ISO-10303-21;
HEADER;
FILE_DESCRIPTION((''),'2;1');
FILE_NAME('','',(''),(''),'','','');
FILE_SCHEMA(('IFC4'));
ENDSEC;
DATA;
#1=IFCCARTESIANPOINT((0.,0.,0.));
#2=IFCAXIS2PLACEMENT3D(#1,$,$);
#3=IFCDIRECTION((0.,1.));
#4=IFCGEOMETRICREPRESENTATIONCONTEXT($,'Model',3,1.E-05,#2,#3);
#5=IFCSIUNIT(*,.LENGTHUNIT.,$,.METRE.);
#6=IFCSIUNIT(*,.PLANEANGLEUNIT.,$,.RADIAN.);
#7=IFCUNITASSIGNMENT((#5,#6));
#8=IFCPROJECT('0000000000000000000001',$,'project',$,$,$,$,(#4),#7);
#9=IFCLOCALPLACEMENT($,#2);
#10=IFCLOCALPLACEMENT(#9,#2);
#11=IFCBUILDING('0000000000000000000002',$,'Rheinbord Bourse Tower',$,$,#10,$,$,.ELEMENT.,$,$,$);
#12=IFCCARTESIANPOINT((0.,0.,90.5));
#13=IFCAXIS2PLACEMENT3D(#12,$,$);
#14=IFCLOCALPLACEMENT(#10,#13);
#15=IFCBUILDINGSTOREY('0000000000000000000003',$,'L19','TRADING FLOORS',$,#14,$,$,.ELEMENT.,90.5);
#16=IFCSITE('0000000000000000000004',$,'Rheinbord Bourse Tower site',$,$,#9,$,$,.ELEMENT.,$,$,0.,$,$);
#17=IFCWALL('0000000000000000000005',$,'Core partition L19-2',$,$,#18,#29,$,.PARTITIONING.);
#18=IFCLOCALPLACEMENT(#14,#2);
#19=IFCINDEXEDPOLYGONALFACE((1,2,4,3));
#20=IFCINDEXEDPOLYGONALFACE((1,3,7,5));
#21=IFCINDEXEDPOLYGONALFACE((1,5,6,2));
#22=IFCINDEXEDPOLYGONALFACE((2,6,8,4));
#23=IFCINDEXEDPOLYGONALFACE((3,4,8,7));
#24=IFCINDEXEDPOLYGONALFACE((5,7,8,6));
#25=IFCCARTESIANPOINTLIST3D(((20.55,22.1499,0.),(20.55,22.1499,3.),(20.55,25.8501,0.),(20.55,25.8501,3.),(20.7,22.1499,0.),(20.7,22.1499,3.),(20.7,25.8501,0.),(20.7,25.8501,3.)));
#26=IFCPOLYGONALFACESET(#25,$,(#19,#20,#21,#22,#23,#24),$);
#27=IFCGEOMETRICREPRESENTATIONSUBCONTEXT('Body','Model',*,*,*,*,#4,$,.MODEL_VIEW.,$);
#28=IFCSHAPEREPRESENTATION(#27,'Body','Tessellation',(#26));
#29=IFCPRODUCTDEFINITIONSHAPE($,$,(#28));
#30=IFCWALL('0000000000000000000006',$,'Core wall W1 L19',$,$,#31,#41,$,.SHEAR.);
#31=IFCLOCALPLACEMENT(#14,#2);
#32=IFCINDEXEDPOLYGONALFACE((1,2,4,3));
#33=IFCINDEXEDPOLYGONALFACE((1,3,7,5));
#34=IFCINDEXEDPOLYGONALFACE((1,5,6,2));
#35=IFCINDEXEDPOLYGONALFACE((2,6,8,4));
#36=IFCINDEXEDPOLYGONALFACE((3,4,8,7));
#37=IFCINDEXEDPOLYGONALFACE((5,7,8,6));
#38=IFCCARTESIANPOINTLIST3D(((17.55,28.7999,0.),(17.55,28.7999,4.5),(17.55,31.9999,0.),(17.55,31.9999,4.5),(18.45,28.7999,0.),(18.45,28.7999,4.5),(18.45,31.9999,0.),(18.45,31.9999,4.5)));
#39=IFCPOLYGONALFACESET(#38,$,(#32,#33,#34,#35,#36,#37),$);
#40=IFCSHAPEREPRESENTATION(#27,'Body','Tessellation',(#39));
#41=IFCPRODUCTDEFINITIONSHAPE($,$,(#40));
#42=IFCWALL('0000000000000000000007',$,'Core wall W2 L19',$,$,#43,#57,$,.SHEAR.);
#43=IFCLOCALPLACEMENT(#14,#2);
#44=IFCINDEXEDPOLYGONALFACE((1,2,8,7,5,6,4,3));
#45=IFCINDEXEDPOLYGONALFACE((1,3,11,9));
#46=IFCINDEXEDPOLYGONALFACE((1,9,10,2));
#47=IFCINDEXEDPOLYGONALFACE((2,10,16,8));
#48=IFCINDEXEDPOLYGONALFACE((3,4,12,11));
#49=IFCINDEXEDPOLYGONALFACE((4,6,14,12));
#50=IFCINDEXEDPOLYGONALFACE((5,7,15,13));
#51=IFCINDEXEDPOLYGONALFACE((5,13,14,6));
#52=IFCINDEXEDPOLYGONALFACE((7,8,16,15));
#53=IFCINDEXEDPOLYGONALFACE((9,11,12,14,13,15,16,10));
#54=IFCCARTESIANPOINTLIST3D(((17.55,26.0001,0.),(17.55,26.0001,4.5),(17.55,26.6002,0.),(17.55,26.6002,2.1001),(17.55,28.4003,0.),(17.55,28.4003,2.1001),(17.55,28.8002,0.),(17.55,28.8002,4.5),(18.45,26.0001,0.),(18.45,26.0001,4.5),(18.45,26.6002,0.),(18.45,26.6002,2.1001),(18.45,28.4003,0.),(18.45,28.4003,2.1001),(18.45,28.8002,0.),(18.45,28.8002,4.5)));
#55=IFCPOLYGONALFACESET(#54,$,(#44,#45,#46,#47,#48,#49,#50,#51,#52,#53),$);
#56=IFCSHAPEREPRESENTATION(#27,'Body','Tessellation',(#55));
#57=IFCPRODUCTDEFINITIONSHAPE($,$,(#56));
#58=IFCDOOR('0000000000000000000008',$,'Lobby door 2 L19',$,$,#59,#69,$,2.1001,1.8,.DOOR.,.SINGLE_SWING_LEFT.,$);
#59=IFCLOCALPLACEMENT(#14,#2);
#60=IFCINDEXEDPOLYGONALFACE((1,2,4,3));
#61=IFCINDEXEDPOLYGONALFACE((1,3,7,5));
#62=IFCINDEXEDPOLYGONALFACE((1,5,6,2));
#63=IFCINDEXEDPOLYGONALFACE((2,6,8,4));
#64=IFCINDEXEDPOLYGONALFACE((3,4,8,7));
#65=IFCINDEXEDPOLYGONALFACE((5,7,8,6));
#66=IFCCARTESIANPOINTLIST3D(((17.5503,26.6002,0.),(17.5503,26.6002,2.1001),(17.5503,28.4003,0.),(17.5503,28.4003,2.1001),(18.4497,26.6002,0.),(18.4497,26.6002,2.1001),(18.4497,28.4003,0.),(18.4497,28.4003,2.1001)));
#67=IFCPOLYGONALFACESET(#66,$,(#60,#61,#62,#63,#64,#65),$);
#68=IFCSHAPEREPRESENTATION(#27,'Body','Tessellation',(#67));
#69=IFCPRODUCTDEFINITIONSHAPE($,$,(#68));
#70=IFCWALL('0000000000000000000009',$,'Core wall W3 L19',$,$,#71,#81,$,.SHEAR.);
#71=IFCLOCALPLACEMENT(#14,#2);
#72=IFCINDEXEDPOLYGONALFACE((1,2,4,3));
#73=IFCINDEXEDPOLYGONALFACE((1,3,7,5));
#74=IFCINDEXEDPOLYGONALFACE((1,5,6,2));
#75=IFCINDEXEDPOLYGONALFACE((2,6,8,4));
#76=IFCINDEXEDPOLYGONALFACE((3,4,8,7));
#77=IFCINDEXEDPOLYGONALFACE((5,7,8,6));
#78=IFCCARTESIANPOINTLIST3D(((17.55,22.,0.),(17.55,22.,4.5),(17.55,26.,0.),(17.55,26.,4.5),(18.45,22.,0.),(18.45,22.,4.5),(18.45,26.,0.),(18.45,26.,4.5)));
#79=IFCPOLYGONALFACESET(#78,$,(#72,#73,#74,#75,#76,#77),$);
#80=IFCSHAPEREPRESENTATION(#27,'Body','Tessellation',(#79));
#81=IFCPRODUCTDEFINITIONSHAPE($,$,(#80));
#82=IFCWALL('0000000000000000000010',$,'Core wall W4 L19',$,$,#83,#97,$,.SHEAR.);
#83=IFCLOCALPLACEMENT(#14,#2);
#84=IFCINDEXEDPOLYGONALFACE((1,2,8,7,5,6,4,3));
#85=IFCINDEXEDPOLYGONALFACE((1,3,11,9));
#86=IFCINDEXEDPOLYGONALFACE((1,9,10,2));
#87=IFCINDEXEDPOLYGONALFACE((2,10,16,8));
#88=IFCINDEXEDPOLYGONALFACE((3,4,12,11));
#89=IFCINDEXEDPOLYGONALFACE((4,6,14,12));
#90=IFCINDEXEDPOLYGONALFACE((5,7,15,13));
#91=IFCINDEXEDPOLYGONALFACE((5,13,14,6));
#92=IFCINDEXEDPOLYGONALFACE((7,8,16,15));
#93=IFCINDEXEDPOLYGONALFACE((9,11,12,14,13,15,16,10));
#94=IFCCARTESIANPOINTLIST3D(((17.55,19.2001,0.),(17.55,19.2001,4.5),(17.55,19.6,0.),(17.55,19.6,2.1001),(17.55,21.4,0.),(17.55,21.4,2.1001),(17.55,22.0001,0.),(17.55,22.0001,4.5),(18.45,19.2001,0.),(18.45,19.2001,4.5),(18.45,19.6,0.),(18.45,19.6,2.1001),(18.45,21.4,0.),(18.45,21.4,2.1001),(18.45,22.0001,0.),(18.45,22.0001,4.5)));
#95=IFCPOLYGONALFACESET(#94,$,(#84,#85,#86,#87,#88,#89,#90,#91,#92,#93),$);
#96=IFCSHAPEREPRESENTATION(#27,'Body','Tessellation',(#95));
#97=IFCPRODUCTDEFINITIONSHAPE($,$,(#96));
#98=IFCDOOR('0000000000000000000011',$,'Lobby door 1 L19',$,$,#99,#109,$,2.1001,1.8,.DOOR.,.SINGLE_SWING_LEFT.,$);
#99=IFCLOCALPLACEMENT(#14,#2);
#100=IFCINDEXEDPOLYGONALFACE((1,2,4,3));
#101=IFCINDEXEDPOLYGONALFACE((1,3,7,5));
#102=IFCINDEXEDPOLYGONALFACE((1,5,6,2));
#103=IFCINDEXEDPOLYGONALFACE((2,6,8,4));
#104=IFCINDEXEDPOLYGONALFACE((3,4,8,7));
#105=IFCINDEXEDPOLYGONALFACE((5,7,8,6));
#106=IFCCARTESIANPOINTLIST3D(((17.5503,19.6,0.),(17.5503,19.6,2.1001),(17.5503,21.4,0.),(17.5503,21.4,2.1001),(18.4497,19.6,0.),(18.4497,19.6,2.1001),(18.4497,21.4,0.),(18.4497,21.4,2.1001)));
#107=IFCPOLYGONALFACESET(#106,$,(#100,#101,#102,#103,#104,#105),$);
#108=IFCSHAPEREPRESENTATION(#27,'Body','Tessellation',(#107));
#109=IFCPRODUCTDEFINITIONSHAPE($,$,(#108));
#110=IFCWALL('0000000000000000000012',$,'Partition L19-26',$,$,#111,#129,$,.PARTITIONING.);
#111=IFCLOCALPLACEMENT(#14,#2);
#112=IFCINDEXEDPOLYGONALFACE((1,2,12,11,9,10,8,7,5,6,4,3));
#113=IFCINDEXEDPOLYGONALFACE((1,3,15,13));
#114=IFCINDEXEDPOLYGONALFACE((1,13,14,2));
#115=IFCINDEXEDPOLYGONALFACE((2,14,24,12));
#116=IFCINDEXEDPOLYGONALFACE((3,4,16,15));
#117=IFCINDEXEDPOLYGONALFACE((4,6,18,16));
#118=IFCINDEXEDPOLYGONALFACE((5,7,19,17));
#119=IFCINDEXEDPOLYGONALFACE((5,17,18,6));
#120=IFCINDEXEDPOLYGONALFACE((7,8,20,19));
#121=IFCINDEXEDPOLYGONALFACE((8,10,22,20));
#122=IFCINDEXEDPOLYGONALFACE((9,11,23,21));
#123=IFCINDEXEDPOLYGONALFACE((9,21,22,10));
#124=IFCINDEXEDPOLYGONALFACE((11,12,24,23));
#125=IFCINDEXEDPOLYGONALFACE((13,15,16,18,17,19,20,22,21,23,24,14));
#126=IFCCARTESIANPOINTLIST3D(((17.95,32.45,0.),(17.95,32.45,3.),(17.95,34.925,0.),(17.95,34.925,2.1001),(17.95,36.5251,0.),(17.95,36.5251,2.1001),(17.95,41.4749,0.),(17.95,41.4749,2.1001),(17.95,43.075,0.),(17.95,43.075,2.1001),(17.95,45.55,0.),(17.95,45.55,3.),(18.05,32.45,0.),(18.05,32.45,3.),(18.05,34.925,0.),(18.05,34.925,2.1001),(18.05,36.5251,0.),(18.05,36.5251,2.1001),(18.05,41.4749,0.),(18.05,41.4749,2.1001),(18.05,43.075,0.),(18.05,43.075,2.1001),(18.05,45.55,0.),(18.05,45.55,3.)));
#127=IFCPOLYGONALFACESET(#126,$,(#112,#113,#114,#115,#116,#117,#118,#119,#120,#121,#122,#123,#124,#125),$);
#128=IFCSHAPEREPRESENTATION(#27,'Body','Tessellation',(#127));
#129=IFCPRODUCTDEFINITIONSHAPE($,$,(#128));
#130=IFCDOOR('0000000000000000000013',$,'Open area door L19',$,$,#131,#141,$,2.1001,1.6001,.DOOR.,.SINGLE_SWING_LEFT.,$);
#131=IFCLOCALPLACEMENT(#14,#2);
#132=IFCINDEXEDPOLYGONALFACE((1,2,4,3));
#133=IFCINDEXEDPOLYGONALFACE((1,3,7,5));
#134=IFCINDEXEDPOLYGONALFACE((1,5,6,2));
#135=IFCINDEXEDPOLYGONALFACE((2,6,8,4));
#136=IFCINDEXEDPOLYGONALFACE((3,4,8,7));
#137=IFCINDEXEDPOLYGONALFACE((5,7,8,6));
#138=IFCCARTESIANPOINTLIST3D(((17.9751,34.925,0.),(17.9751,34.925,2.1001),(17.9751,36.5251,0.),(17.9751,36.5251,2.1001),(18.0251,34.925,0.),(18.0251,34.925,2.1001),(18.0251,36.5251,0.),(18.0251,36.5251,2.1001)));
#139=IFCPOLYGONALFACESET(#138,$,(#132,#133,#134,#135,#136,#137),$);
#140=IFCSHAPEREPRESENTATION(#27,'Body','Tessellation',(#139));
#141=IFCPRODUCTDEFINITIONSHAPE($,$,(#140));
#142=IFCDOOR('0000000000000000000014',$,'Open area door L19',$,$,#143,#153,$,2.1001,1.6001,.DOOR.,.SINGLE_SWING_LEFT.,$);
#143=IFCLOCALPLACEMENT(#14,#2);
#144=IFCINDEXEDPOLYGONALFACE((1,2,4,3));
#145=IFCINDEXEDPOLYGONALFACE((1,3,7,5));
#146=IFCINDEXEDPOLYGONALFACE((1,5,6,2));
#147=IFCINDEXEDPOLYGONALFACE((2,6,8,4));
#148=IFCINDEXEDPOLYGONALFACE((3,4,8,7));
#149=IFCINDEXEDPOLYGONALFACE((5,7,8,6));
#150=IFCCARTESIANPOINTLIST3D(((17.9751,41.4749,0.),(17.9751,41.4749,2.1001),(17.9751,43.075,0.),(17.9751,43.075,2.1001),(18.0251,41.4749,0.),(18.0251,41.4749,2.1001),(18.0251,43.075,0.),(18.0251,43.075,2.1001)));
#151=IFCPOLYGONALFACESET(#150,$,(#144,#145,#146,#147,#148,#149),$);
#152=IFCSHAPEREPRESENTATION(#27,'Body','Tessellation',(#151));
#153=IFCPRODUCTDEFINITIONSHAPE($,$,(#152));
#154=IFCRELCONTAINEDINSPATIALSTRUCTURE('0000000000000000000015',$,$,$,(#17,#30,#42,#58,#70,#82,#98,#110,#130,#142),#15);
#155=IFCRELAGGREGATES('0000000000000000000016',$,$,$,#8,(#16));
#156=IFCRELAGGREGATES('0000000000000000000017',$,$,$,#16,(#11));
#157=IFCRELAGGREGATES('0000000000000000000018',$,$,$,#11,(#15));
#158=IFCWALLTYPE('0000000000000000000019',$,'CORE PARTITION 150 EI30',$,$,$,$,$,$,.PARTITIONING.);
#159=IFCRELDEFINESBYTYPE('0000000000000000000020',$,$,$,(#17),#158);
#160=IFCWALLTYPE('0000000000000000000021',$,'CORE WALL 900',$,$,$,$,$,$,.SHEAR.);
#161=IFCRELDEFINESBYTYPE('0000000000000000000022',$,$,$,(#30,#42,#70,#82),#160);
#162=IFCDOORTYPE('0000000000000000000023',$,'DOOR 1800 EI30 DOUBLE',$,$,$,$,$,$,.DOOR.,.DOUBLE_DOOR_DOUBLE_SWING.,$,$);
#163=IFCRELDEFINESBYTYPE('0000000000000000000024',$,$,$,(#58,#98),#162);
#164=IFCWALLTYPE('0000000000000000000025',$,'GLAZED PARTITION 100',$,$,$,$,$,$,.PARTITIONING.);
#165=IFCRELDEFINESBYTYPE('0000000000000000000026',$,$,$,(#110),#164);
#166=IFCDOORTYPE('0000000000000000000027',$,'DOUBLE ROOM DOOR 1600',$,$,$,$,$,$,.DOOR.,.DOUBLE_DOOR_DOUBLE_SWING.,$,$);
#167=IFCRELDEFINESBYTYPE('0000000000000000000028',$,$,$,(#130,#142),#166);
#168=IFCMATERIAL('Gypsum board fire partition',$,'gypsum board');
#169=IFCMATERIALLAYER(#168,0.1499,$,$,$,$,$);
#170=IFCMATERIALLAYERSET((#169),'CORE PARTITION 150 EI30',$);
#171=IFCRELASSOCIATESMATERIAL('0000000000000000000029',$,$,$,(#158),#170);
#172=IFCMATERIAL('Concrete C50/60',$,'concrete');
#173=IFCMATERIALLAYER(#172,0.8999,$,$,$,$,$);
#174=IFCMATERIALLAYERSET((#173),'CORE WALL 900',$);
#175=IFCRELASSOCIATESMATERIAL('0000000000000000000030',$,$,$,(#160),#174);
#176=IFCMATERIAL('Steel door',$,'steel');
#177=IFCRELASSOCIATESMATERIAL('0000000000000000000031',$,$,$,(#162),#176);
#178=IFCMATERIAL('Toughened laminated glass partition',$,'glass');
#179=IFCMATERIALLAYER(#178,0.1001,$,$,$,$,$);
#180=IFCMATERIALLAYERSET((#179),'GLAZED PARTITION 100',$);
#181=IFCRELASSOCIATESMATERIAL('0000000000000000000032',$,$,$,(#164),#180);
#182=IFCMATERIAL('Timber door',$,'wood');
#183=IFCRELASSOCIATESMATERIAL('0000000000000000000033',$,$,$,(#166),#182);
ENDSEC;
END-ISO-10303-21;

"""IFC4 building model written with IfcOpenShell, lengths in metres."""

from ifc_helpers import new_model, si_unit, direction, frame, frame_2d, origin, place, context, subcontext, project, spatial, rectangle, extrude, material, layer, layer_set, type_object, element, fill, save


model = new_model("IFC4")

# Units and contexts
model_context = context("Model", 3, precision=1e-05, world=origin(), true_north=direction((0.0, 1.0)))
body_context = subcontext(model_context, "Body", "Model", "MODEL_VIEW")
ifc_project = project(units=[si_unit("LENGTHUNIT", "METRE"), si_unit("PLANEANGLEUNIT", "RADIAN")], contexts=[model_context])

# Site, building, storey
site_placement = place(None, origin())
site = spatial("IfcSite", under=ifc_project, at=site_placement, Name="Rheinbord Bourse Tower site", CompositionType="ELEMENT", RefElevation=0.0)
building_placement = place(site_placement, origin())
building = spatial("IfcBuilding", under=site, at=building_placement, Name="Rheinbord Bourse Tower", CompositionType="ELEMENT")
storey_placement = place(building_placement, frame((0.0, 0.0, 90.5)))
storey = spatial("IfcBuildingStorey", under=building, at=storey_placement, Name="L19", Description="TRADING FLOORS", CompositionType="ELEMENT", Elevation=90.5)

# Walls
ifc_material_1 = material(Name="Gypsum board fire partition", Category="gypsum board")
ifc_layer_1 = layer(ifc_material_1, 0.1499)
ifc_layer_set_1 = layer_set([ifc_layer_1], Name="CORE PARTITION 150 EI30")
wall_type_1 = type_object("IfcWallType", Name="CORE PARTITION 150 EI30", PredefinedType="PARTITIONING", material=ifc_layer_set_1)
wall_1_placement = place(storey_placement, frame((20.625, 22.1499, 0.0), z_axis=(0.0, 0.0, 1.0), x_axis=(0.0, 1.0, 0.0)))
element("IfcWall", 1, at=wall_1_placement, inside=storey, type_object=wall_type_1, Name="Core partition L19-2", PredefinedType="PARTITIONING", context=body_context, shape_type="SweptSolid", body=[
    extrude(rectangle(XDim=3.7002, YDim=0.1499, at=frame_2d((1.8501, 0.0))), origin(), (0.0, 0.0, 1.0), 3.0),
])
ifc_material_2 = material(Name="Concrete C50/60", Category="concrete")
ifc_layer_2 = layer(ifc_material_2, 0.8999)
ifc_layer_set_2 = layer_set([ifc_layer_2], Name="CORE WALL 900")
wall_type_2 = type_object("IfcWallType", Name="CORE WALL 900", PredefinedType="SHEAR", material=ifc_layer_set_2)
wall_2_placement = place(storey_placement, frame((18.0, 32.0, 0.0), z_axis=(0.0, 0.0, 1.0), x_axis=(0.0, -1.0, 0.0)))
element("IfcWall", 2, at=wall_2_placement, inside=storey, type_object=wall_type_2, Name="Core wall W1 L19", PredefinedType="SHEAR", context=body_context, shape_type="SweptSolid", body=[
    extrude(rectangle(XDim=3.2, YDim=0.8999, at=frame_2d((1.6001, 0.0))), origin(), (0.0, 0.0, 1.0), 4.5),
])

# Wall, opening, door
wall_3_placement = place(storey_placement, frame((18.0, 28.8, 0.0), z_axis=(0.0, 0.0, 1.0), x_axis=(0.0, -1.0, 0.0)))
wall_3 = element("IfcWall", 3, at=wall_3_placement, inside=storey, type_object=wall_type_2, Name="Core wall W2 L19", PredefinedType="SHEAR", context=body_context, shape_type="SweptSolid", body=[
    extrude(rectangle(XDim=2.8, YDim=0.8999, at=frame_2d((1.3999, 0.0))), origin(), (0.0, 0.0, 1.0), 4.5),
])
opening_1_placement = place(wall_3_placement, frame((0.3999, 0.0, 0.0)))
opening_1 = element("IfcOpeningElement", 4, at=opening_1_placement, cuts=wall_3, PredefinedType="OPENING", context=body_context, shape_type="SweptSolid", body=[
    extrude(rectangle(XDim=1.8, YDim=2.1001, at=frame_2d((0.8999, 1.05))), frame((0.0, 0.46, 0.0), z_axis=(0.0, -1.0, 0.0), x_axis=(1.0, 0.0, 0.0)), (0.0, 0.0, 1.0), 0.9199),
])
ifc_material_3 = material(Name="Steel door", Category="steel")
door_type_1 = type_object("IfcDoorType", Name="DOOR 1800 EI30 DOUBLE", OperationType="DOUBLE_DOOR_DOUBLE_SWING", PredefinedType="DOOR", material=ifc_material_3)
door_1_placement = place(opening_1_placement, origin())
door_1 = element("IfcDoor", 5, at=door_1_placement, inside=storey, type_object=door_type_1, Name="Lobby door 2 L19", OperationType="SINGLE_SWING_LEFT", OverallHeight=2.1001, OverallWidth=1.8, PredefinedType="DOOR", context=body_context, shape_type="SweptSolid", body=[
    extrude(rectangle(XDim=1.8, YDim=2.1001, at=frame_2d((0.8999, 1.05))), frame((0.0, 0.4497, 0.0), z_axis=(0.0, -1.0, 0.0), x_axis=(1.0, 0.0, 0.0)), (0.0, 0.0, 1.0), 0.8994),
])
fill(opening_1, door_1)

# Wall
wall_4_placement = place(storey_placement, frame((18.0, 26.0, 0.0), z_axis=(0.0, 0.0, 1.0), x_axis=(0.0, -1.0, 0.0)))
element("IfcWall", 6, at=wall_4_placement, inside=storey, type_object=wall_type_2, Name="Core wall W3 L19", PredefinedType="SHEAR", context=body_context, shape_type="SweptSolid", body=[
    extrude(rectangle(XDim=4.0, YDim=0.8999, at=frame_2d((2.0, 0.0))), origin(), (0.0, 0.0, 1.0), 4.5),
])

# Wall, opening, door
wall_5_placement = place(storey_placement, frame((18.0, 22.0, 0.0), z_axis=(0.0, 0.0, 1.0), x_axis=(0.0, -1.0, 0.0)))
wall_5 = element("IfcWall", 7, at=wall_5_placement, inside=storey, type_object=wall_type_2, Name="Core wall W4 L19", PredefinedType="SHEAR", context=body_context, shape_type="SweptSolid", body=[
    extrude(rectangle(XDim=2.8, YDim=0.8999, at=frame_2d((1.3999, 0.0))), origin(), (0.0, 0.0, 1.0), 4.5),
])
opening_2_placement = place(wall_5_placement, frame((0.6001, 0.0, 0.0)))
opening_2 = element("IfcOpeningElement", 8, at=opening_2_placement, cuts=wall_5, PredefinedType="OPENING", context=body_context, shape_type="SweptSolid", body=[
    extrude(rectangle(XDim=1.8, YDim=2.1001, at=frame_2d((0.8999, 1.05))), frame((0.0, 0.46, 0.0), z_axis=(0.0, -1.0, 0.0), x_axis=(1.0, 0.0, 0.0)), (0.0, 0.0, 1.0), 0.9199),
])
door_2_placement = place(opening_2_placement, origin())
door_2 = element("IfcDoor", 9, at=door_2_placement, inside=storey, type_object=door_type_1, Name="Lobby door 1 L19", OperationType="SINGLE_SWING_LEFT", OverallHeight=2.1001, OverallWidth=1.8, PredefinedType="DOOR", context=body_context, shape_type="SweptSolid", body=[
    extrude(rectangle(XDim=1.8, YDim=2.1001, at=frame_2d((0.8999, 1.05))), frame((0.0, 0.4497, 0.0), z_axis=(0.0, -1.0, 0.0), x_axis=(1.0, 0.0, 0.0)), (0.0, 0.0, 1.0), 0.8994),
])
fill(opening_2, door_2)

# Wall, openings, doors
ifc_material_4 = material(Name="Toughened laminated glass partition", Category="glass")
ifc_layer_3 = layer(ifc_material_4, 0.1001)
ifc_layer_set_3 = layer_set([ifc_layer_3], Name="GLAZED PARTITION 100")
wall_type_3 = type_object("IfcWallType", Name="GLAZED PARTITION 100", PredefinedType="PARTITIONING", material=ifc_layer_set_3)
wall_6_placement = place(storey_placement, frame((18.0, 32.45, 0.0), z_axis=(0.0, 0.0, 1.0), x_axis=(0.0, 1.0, 0.0)))
wall_6 = element("IfcWall", 10, at=wall_6_placement, inside=storey, type_object=wall_type_3, Name="Partition L19-26", PredefinedType="PARTITIONING", context=body_context, shape_type="SweptSolid", body=[
    extrude(rectangle(XDim=13.1001, YDim=0.1001, at=frame_2d((6.55, 0.0))), origin(), (0.0, 0.0, 1.0), 3.0),
])
opening_3_placement = place(wall_6_placement, frame((2.4751, 0.0, 0.0)))
opening_3 = element("IfcOpeningElement", 11, at=opening_3_placement, cuts=wall_6, PredefinedType="OPENING", context=body_context, shape_type="SweptSolid", body=[
    extrude(rectangle(XDim=1.6001, YDim=2.1001, at=frame_2d((0.8, 1.05))), frame((0.0, 0.0601, 0.0), z_axis=(0.0, -1.0, 0.0), x_axis=(1.0, 0.0, 0.0)), (0.0, 0.0, 1.0), 0.1201),
])
opening_4_placement = place(wall_6_placement, frame((9.0249, 0.0, 0.0)))
opening_4 = element("IfcOpeningElement", 12, at=opening_4_placement, cuts=wall_6, PredefinedType="OPENING", context=body_context, shape_type="SweptSolid", body=[
    extrude(rectangle(XDim=1.6001, YDim=2.1001, at=frame_2d((0.8, 1.05))), frame((0.0, 0.0601, 0.0), z_axis=(0.0, -1.0, 0.0), x_axis=(1.0, 0.0, 0.0)), (0.0, 0.0, 1.0), 0.1201),
])
ifc_material_5 = material(Name="Timber door", Category="wood")
door_type_2 = type_object("IfcDoorType", Name="DOUBLE ROOM DOOR 1600", OperationType="DOUBLE_DOOR_DOUBLE_SWING", PredefinedType="DOOR", material=ifc_material_5)
door_3_placement = place(opening_3_placement, origin())
door_3 = element("IfcDoor", 13, at=door_3_placement, inside=storey, type_object=door_type_2, Name="Open area door L19", OperationType="SINGLE_SWING_LEFT", OverallHeight=2.1001, OverallWidth=1.6001, PredefinedType="DOOR", context=body_context, shape_type="SweptSolid", body=[
    extrude(rectangle(XDim=1.6001, YDim=2.1001, at=frame_2d((0.8, 1.05))), frame((0.0, 0.0249, 0.0), z_axis=(0.0, -1.0, 0.0), x_axis=(1.0, 0.0, 0.0)), (0.0, 0.0, 1.0), 0.05),
])
fill(opening_3, door_3)
door_4_placement = place(opening_4_placement, origin())
door_4 = element("IfcDoor", 14, at=door_4_placement, inside=storey, type_object=door_type_2, Name="Open area door L19", OperationType="SINGLE_SWING_LEFT", OverallHeight=2.1001, OverallWidth=1.6001, PredefinedType="DOOR", context=body_context, shape_type="SweptSolid", body=[
    extrude(rectangle(XDim=1.6001, YDim=2.1001, at=frame_2d((0.8, 1.05))), frame((0.0, 0.0249, 0.0), z_axis=(0.0, -1.0, 0.0), x_axis=(1.0, 0.0, 0.0)), (0.0, 0.0, 1.0), 0.05),
])
fill(opening_4, door_4)

save(model, "model.ifc")
